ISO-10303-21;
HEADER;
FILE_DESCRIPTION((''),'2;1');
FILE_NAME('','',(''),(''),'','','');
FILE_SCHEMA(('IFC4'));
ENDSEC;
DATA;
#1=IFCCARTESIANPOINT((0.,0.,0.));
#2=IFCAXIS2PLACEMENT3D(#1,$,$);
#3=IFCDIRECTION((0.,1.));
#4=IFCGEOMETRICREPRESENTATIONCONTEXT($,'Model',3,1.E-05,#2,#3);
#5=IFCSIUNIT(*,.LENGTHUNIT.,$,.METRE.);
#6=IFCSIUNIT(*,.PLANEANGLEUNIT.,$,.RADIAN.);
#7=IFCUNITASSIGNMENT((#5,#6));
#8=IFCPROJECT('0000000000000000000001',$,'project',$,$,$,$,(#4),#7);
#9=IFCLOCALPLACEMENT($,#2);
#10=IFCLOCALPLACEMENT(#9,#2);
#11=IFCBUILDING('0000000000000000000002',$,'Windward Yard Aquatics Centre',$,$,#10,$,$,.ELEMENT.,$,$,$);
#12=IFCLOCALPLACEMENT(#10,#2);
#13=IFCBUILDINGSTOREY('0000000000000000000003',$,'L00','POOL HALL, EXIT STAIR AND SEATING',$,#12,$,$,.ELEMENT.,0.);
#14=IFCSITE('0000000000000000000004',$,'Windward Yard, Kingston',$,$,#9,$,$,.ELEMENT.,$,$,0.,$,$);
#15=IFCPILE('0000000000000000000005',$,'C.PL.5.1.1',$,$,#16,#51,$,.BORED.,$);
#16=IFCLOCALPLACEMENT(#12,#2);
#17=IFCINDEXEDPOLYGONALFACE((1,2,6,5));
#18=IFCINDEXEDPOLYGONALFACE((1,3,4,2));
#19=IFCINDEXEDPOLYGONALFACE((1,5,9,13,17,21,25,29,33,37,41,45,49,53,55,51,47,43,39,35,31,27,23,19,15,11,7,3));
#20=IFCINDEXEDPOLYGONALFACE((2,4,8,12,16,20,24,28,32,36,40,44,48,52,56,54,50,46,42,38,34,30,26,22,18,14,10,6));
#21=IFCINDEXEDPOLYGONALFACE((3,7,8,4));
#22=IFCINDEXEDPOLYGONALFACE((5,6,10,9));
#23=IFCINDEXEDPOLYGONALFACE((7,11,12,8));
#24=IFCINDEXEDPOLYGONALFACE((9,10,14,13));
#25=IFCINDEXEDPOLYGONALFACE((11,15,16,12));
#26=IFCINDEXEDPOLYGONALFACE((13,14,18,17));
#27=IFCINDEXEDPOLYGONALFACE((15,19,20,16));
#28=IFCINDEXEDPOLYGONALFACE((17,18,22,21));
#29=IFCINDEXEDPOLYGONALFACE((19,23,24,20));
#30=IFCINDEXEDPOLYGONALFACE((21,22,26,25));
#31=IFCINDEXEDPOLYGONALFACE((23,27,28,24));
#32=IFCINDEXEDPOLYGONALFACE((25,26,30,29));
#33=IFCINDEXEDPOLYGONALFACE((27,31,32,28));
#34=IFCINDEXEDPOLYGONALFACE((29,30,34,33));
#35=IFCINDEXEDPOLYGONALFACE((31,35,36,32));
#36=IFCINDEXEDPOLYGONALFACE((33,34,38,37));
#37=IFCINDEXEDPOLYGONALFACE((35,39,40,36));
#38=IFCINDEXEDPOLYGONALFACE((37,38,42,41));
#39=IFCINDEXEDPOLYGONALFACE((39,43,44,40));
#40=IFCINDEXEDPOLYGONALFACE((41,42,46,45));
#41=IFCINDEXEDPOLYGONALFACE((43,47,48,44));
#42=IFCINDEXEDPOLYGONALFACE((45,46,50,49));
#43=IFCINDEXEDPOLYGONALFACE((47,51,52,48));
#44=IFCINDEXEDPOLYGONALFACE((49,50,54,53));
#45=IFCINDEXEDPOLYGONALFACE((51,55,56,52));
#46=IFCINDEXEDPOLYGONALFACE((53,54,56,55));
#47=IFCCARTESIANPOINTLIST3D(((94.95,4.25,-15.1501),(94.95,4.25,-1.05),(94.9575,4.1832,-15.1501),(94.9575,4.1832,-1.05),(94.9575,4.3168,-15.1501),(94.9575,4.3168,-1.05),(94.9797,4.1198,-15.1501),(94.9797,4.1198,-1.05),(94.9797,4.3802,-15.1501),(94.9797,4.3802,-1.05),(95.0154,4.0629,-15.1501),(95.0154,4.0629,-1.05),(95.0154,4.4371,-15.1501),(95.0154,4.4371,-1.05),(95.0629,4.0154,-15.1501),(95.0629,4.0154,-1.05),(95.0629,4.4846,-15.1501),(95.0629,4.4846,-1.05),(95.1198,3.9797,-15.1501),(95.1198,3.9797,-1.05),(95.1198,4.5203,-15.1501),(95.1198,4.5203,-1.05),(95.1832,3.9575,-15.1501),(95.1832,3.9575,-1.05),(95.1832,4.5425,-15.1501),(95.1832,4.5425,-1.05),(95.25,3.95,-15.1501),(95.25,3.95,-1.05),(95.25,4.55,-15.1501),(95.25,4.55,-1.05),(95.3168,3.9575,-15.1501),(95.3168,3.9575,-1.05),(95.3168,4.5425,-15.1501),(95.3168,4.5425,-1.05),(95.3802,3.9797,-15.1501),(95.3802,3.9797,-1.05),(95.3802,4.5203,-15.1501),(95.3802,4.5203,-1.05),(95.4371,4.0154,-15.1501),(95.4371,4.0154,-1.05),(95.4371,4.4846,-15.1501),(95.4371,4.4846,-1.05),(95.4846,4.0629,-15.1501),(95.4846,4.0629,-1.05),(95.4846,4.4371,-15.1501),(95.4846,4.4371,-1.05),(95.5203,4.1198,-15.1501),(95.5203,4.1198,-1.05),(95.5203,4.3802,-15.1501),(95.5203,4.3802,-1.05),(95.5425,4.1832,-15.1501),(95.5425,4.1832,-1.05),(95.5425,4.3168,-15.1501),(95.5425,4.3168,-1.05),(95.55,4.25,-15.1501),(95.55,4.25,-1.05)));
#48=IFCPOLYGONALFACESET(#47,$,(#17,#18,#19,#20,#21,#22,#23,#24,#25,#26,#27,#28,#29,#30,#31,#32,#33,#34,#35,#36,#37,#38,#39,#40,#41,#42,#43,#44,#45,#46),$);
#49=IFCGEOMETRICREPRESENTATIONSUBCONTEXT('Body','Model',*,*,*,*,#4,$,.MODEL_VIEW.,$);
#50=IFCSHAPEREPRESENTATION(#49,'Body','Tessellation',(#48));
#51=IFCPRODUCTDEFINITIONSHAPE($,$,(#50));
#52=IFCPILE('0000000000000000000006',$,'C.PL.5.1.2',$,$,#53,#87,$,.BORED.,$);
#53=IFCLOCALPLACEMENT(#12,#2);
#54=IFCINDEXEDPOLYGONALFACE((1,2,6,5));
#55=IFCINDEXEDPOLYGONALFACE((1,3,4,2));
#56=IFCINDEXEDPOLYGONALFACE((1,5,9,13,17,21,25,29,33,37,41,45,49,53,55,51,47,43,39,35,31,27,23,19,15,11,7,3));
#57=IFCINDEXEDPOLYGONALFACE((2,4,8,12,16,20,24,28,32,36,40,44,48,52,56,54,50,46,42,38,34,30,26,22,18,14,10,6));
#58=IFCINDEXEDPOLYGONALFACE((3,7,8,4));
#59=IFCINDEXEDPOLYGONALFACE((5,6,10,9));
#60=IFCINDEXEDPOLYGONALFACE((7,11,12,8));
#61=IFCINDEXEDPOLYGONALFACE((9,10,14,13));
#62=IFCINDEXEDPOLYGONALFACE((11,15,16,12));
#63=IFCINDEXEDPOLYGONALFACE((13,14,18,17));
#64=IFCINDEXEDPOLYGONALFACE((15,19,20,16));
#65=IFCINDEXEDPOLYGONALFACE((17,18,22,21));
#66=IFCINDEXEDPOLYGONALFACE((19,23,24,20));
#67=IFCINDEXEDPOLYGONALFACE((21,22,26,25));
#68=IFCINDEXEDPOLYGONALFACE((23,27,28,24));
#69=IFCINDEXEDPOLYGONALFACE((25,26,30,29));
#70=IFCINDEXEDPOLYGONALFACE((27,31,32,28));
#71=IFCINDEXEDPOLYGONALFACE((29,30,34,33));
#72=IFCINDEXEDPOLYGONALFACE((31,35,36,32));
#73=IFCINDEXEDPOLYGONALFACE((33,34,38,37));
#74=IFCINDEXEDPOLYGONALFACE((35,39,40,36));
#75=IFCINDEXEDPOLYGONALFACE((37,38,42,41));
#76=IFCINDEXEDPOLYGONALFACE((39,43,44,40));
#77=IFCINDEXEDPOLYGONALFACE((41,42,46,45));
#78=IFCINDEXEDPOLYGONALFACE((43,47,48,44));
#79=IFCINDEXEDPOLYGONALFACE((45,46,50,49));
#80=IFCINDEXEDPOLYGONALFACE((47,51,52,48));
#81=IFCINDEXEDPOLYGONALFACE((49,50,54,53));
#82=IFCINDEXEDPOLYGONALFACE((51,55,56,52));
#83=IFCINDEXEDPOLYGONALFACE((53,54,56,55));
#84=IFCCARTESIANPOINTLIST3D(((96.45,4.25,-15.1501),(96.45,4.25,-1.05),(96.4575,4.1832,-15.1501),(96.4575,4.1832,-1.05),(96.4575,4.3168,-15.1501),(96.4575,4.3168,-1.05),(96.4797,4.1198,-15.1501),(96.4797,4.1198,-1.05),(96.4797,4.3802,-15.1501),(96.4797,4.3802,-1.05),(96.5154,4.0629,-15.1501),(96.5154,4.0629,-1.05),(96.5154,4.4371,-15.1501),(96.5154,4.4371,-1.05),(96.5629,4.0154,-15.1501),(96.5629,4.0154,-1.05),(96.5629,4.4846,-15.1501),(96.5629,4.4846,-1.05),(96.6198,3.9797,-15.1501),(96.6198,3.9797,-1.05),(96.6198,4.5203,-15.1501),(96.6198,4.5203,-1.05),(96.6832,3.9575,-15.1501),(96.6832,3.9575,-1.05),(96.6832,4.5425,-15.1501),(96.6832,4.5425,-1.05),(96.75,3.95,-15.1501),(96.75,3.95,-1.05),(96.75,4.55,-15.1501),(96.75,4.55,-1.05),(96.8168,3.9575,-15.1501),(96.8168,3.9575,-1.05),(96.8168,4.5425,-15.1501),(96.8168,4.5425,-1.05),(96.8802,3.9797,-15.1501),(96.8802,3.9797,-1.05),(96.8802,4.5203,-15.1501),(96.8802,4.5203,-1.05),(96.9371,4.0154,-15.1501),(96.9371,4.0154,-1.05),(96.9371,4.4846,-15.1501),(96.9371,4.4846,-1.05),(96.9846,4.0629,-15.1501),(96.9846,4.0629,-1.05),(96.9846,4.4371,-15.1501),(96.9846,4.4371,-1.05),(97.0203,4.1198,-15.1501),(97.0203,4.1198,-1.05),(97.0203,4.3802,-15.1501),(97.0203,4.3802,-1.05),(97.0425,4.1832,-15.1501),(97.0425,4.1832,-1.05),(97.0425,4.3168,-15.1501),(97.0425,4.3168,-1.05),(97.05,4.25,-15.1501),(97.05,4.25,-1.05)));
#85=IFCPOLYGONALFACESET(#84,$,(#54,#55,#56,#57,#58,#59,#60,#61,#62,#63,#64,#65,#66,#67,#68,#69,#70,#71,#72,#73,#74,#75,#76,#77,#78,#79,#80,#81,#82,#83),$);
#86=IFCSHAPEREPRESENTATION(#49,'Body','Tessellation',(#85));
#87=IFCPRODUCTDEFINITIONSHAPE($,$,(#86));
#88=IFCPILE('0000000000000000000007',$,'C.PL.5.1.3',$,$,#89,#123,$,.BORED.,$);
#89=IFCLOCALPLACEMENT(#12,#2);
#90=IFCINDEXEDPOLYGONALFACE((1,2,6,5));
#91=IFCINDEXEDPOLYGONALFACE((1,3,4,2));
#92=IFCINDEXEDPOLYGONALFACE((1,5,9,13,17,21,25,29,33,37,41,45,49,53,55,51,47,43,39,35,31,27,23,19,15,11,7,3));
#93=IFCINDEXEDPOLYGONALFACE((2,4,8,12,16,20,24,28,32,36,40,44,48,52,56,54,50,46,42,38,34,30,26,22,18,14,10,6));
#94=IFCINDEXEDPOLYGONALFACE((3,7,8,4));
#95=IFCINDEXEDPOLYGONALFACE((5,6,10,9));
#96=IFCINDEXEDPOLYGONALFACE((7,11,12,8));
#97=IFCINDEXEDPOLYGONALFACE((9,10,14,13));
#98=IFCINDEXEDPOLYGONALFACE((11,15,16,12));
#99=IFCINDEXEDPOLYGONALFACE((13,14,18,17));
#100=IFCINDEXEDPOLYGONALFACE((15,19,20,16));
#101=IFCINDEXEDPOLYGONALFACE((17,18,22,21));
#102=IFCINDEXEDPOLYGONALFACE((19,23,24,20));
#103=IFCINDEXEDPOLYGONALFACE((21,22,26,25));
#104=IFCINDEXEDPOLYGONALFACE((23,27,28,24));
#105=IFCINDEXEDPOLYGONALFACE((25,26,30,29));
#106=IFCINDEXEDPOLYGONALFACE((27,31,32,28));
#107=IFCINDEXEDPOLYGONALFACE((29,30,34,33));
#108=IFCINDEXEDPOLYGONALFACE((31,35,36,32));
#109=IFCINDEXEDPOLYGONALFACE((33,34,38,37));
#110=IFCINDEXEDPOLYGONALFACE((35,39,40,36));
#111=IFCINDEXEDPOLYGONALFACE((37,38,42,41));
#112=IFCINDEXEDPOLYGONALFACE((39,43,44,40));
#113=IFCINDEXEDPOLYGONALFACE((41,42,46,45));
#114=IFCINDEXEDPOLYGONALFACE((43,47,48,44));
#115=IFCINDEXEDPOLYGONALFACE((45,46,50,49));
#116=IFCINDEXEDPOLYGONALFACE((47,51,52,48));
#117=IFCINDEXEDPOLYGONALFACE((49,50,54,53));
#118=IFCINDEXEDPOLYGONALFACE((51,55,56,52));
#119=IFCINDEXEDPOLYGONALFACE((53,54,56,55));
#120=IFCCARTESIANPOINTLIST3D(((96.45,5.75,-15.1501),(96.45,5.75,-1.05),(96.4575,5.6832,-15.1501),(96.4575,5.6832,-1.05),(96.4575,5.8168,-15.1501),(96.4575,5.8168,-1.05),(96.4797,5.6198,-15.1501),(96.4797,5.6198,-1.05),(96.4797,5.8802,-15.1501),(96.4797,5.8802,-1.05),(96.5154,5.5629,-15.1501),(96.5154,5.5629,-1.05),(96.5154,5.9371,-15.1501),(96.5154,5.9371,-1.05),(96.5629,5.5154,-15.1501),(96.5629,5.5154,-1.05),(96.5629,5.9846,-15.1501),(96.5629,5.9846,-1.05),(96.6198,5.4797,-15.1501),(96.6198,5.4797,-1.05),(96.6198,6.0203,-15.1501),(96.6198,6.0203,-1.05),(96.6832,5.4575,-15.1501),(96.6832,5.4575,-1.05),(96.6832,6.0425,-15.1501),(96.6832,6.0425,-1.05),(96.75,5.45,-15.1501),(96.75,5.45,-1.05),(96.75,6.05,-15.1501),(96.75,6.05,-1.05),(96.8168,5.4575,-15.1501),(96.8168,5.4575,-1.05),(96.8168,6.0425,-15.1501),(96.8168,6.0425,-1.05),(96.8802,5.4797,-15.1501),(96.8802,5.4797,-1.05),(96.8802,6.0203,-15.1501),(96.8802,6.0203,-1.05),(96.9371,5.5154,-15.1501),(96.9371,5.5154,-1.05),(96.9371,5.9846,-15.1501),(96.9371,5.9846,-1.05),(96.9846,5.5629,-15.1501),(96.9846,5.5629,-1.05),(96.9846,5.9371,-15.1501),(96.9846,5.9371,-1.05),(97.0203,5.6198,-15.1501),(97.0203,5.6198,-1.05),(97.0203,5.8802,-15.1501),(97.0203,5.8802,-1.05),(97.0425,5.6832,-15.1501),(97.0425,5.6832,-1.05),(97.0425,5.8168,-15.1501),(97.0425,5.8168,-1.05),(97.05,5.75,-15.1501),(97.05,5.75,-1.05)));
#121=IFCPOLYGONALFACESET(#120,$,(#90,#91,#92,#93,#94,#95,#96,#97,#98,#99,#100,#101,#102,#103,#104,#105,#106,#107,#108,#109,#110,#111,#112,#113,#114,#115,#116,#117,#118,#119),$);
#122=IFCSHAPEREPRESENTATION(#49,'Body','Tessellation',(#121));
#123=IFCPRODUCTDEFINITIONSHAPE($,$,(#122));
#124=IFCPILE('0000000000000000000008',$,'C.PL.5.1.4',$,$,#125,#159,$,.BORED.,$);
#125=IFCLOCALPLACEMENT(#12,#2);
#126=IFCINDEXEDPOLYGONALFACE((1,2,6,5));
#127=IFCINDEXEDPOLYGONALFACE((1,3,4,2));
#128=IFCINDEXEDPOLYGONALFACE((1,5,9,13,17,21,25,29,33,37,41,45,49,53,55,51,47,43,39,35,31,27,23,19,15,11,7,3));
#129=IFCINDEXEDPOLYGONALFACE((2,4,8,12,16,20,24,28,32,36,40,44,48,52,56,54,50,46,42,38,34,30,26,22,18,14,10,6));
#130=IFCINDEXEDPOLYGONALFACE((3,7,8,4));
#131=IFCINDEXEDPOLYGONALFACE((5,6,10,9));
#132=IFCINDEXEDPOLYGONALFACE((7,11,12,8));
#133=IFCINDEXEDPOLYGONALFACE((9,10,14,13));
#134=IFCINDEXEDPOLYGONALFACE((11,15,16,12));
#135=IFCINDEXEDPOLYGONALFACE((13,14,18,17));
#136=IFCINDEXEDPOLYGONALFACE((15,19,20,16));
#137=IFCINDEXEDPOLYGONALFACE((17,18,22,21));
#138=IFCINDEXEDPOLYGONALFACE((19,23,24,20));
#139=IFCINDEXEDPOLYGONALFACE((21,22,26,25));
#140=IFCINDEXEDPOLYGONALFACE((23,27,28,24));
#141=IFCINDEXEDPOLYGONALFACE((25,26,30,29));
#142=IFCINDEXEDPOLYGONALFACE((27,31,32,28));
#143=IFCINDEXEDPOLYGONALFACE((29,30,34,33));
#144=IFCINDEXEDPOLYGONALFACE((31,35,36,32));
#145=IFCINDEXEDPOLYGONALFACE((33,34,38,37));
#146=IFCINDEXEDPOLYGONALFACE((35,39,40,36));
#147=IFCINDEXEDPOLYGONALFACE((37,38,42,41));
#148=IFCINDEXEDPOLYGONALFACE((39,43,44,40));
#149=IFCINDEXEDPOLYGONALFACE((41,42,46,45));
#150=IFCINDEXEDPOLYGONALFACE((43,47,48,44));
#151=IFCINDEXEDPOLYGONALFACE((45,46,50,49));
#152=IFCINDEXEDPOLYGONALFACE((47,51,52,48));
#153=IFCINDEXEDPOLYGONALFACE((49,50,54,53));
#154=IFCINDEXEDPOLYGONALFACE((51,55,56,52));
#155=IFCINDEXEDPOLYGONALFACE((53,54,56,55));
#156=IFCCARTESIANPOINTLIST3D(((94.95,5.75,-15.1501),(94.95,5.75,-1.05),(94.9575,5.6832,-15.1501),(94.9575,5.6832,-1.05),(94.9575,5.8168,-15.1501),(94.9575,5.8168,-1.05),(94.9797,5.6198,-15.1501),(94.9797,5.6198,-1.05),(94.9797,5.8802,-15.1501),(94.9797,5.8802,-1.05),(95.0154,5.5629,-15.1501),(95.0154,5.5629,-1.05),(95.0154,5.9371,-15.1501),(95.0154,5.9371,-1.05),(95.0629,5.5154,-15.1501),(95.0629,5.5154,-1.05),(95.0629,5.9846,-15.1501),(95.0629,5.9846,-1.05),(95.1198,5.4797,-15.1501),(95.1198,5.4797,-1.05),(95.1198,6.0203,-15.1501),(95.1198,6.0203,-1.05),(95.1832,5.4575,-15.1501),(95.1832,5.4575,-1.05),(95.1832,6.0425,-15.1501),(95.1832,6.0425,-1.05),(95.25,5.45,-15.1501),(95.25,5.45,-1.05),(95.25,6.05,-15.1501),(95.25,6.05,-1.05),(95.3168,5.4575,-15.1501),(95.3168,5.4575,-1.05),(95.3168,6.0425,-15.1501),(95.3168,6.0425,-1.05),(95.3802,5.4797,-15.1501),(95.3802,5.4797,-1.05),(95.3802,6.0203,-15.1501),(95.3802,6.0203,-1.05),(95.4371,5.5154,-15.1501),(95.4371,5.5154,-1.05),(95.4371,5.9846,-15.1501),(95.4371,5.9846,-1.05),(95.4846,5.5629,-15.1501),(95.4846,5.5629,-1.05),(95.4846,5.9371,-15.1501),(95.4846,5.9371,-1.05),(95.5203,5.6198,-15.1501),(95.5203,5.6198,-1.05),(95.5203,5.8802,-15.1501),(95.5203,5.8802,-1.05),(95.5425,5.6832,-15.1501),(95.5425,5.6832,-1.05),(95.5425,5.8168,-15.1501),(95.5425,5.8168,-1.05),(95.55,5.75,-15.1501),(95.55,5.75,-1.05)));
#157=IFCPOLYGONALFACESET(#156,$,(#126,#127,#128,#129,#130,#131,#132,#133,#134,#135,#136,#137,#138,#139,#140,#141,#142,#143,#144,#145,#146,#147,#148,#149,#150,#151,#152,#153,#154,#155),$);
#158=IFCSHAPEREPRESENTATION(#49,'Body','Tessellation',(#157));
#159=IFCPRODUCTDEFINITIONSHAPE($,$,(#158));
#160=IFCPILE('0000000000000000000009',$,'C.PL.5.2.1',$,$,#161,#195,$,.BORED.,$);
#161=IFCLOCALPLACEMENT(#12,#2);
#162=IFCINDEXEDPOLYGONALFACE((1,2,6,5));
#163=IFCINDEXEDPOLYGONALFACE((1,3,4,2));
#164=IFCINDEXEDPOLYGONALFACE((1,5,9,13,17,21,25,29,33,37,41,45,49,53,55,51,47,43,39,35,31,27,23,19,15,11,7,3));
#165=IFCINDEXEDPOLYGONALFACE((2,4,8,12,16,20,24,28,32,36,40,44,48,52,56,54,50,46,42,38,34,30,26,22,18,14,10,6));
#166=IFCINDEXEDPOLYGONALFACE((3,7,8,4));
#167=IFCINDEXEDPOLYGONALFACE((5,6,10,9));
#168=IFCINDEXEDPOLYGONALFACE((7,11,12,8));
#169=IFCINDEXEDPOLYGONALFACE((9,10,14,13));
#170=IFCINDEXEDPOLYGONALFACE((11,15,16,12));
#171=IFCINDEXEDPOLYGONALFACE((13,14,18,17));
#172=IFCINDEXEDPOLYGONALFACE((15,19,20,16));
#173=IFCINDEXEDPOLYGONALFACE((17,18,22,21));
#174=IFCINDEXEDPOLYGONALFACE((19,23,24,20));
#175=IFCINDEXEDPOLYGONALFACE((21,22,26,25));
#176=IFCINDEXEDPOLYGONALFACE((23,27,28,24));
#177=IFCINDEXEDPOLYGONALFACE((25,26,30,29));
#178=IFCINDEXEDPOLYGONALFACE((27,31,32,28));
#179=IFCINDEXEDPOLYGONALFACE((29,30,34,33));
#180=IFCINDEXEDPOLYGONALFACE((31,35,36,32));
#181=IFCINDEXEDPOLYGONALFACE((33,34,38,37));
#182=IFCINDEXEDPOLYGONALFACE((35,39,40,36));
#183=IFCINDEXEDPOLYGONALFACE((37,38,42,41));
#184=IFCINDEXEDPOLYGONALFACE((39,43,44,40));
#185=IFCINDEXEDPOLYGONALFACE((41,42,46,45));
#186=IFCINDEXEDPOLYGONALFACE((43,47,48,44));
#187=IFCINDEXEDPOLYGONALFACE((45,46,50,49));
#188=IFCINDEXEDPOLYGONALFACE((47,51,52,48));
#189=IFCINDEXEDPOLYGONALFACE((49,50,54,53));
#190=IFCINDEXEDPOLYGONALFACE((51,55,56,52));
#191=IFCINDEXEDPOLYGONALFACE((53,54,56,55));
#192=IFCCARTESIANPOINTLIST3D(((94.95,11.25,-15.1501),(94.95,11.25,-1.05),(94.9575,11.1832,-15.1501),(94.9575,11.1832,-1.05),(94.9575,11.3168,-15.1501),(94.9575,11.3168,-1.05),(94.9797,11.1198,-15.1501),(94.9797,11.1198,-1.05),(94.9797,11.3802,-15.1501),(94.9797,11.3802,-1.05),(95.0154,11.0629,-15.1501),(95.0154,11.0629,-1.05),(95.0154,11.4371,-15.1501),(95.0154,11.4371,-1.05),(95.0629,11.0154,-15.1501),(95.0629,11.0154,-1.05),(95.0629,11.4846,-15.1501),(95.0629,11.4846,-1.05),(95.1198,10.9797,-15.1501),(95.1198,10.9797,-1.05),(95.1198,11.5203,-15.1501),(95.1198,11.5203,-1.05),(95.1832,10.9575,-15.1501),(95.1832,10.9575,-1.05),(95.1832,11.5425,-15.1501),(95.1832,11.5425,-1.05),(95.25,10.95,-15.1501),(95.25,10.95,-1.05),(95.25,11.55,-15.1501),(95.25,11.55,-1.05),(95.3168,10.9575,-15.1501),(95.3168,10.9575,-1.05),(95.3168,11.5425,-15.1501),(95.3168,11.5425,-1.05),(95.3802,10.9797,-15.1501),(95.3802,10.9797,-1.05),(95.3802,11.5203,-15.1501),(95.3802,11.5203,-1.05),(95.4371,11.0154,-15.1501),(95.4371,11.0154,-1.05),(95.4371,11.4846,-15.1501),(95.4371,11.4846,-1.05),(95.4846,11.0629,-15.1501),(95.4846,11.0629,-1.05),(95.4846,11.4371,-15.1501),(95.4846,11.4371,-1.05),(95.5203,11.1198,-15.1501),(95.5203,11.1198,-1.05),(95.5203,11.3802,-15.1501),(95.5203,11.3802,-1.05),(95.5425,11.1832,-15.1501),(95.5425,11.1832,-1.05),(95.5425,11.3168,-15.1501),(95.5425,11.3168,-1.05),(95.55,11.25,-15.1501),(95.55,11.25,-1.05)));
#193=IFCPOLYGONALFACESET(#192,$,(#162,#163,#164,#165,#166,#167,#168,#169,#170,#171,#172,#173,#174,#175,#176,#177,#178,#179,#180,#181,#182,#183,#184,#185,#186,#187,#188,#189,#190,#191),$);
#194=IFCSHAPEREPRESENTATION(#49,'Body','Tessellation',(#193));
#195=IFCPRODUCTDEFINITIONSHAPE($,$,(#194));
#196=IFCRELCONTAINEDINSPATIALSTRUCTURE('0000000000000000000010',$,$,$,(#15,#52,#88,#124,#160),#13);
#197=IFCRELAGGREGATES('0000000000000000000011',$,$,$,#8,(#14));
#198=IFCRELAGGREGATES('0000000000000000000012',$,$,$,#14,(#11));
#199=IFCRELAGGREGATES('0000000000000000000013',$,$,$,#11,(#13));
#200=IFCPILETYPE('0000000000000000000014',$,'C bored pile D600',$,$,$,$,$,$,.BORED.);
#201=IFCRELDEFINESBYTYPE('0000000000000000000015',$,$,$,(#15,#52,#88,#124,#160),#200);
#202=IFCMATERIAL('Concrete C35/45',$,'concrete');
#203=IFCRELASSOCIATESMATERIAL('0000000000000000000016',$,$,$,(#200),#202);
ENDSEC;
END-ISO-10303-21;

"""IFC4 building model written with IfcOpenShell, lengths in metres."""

from ifc_helpers import new_model, si_unit, direction, frame, origin, origin_2d, place, context, subcontext, project, spatial, circle, extrude, material, material_profile, profile_set, type_object, element, save


model = new_model("IFC4")

# Units and contexts
model_context = context("Model", 3, precision=1e-05, world=origin(), true_north=direction((0.0, 1.0)))
body_context = subcontext(model_context, "Body", "Model", "MODEL_VIEW")
ifc_project = project(units=[si_unit("LENGTHUNIT", "METRE"), si_unit("PLANEANGLEUNIT", "RADIAN")], contexts=[model_context])

# Site, building, storey
site_placement = place(None, origin())
site = spatial("IfcSite", under=ifc_project, at=site_placement, Name="Windward Yard, Kingston", CompositionType="ELEMENT", RefElevation=0.0)
building_placement = place(site_placement, origin())
building = spatial("IfcBuilding", under=site, at=building_placement, Name="Windward Yard Aquatics Centre", CompositionType="ELEMENT")
storey_placement = place(building_placement, origin())
storey = spatial("IfcBuildingStorey", under=building, at=storey_placement, Name="L00", Description="POOL HALL, EXIT STAIR AND SEATING", CompositionType="ELEMENT", Elevation=0.0)

# Piles
ifc_material_1 = material(Name="Concrete C35/45", Category="concrete")
ifc_material_profile_1 = material_profile(ifc_material_1, circle(Radius=0.3, at=origin_2d()), Name="RC D600")
ifc_profile_set_1 = profile_set([ifc_material_profile_1], Name="Concrete C35/45")
pile_type = type_object("IfcPileType", Name="C bored pile D600", PredefinedType="BORED", material=ifc_profile_set_1)
for number, where, z_axis, x_axis, name in (
    (1, (95.25, 4.25, -1.05), (0.0, 0.0, -1.0), (1.0, 0.0, 0.0), "C.PL.5.1.1"),
    (2, (96.75, 4.25, -1.05), (0.0, 0.0, -1.0), (1.0, 0.0, 0.0), "C.PL.5.1.2"),
    (3, (96.75, 5.75, -1.05), (0.0, 0.0, -1.0), (1.0, 0.0, 0.0), "C.PL.5.1.3"),
    (4, (95.25, 5.75, -1.05), (0.0, 0.0, -1.0), (1.0, 0.0, 0.0), "C.PL.5.1.4"),
    (5, (95.25, 11.25, -1.05), (0.0, 0.0, -1.0), (1.0, 0.0, 0.0), "C.PL.5.2.1"),
):
    element("IfcPile", number, at=place(storey_placement, frame(where, z_axis=z_axis, x_axis=x_axis)), inside=storey, type_object=pile_type, Name=name, PredefinedType="BORED", context=body_context, shape_type="SweptSolid", body=[
        extrude(circle(Radius=0.3, at=origin_2d()), origin(), (0.0, 0.0, 1.0), 14.1001),
    ])

save(model, "model.ifc")
